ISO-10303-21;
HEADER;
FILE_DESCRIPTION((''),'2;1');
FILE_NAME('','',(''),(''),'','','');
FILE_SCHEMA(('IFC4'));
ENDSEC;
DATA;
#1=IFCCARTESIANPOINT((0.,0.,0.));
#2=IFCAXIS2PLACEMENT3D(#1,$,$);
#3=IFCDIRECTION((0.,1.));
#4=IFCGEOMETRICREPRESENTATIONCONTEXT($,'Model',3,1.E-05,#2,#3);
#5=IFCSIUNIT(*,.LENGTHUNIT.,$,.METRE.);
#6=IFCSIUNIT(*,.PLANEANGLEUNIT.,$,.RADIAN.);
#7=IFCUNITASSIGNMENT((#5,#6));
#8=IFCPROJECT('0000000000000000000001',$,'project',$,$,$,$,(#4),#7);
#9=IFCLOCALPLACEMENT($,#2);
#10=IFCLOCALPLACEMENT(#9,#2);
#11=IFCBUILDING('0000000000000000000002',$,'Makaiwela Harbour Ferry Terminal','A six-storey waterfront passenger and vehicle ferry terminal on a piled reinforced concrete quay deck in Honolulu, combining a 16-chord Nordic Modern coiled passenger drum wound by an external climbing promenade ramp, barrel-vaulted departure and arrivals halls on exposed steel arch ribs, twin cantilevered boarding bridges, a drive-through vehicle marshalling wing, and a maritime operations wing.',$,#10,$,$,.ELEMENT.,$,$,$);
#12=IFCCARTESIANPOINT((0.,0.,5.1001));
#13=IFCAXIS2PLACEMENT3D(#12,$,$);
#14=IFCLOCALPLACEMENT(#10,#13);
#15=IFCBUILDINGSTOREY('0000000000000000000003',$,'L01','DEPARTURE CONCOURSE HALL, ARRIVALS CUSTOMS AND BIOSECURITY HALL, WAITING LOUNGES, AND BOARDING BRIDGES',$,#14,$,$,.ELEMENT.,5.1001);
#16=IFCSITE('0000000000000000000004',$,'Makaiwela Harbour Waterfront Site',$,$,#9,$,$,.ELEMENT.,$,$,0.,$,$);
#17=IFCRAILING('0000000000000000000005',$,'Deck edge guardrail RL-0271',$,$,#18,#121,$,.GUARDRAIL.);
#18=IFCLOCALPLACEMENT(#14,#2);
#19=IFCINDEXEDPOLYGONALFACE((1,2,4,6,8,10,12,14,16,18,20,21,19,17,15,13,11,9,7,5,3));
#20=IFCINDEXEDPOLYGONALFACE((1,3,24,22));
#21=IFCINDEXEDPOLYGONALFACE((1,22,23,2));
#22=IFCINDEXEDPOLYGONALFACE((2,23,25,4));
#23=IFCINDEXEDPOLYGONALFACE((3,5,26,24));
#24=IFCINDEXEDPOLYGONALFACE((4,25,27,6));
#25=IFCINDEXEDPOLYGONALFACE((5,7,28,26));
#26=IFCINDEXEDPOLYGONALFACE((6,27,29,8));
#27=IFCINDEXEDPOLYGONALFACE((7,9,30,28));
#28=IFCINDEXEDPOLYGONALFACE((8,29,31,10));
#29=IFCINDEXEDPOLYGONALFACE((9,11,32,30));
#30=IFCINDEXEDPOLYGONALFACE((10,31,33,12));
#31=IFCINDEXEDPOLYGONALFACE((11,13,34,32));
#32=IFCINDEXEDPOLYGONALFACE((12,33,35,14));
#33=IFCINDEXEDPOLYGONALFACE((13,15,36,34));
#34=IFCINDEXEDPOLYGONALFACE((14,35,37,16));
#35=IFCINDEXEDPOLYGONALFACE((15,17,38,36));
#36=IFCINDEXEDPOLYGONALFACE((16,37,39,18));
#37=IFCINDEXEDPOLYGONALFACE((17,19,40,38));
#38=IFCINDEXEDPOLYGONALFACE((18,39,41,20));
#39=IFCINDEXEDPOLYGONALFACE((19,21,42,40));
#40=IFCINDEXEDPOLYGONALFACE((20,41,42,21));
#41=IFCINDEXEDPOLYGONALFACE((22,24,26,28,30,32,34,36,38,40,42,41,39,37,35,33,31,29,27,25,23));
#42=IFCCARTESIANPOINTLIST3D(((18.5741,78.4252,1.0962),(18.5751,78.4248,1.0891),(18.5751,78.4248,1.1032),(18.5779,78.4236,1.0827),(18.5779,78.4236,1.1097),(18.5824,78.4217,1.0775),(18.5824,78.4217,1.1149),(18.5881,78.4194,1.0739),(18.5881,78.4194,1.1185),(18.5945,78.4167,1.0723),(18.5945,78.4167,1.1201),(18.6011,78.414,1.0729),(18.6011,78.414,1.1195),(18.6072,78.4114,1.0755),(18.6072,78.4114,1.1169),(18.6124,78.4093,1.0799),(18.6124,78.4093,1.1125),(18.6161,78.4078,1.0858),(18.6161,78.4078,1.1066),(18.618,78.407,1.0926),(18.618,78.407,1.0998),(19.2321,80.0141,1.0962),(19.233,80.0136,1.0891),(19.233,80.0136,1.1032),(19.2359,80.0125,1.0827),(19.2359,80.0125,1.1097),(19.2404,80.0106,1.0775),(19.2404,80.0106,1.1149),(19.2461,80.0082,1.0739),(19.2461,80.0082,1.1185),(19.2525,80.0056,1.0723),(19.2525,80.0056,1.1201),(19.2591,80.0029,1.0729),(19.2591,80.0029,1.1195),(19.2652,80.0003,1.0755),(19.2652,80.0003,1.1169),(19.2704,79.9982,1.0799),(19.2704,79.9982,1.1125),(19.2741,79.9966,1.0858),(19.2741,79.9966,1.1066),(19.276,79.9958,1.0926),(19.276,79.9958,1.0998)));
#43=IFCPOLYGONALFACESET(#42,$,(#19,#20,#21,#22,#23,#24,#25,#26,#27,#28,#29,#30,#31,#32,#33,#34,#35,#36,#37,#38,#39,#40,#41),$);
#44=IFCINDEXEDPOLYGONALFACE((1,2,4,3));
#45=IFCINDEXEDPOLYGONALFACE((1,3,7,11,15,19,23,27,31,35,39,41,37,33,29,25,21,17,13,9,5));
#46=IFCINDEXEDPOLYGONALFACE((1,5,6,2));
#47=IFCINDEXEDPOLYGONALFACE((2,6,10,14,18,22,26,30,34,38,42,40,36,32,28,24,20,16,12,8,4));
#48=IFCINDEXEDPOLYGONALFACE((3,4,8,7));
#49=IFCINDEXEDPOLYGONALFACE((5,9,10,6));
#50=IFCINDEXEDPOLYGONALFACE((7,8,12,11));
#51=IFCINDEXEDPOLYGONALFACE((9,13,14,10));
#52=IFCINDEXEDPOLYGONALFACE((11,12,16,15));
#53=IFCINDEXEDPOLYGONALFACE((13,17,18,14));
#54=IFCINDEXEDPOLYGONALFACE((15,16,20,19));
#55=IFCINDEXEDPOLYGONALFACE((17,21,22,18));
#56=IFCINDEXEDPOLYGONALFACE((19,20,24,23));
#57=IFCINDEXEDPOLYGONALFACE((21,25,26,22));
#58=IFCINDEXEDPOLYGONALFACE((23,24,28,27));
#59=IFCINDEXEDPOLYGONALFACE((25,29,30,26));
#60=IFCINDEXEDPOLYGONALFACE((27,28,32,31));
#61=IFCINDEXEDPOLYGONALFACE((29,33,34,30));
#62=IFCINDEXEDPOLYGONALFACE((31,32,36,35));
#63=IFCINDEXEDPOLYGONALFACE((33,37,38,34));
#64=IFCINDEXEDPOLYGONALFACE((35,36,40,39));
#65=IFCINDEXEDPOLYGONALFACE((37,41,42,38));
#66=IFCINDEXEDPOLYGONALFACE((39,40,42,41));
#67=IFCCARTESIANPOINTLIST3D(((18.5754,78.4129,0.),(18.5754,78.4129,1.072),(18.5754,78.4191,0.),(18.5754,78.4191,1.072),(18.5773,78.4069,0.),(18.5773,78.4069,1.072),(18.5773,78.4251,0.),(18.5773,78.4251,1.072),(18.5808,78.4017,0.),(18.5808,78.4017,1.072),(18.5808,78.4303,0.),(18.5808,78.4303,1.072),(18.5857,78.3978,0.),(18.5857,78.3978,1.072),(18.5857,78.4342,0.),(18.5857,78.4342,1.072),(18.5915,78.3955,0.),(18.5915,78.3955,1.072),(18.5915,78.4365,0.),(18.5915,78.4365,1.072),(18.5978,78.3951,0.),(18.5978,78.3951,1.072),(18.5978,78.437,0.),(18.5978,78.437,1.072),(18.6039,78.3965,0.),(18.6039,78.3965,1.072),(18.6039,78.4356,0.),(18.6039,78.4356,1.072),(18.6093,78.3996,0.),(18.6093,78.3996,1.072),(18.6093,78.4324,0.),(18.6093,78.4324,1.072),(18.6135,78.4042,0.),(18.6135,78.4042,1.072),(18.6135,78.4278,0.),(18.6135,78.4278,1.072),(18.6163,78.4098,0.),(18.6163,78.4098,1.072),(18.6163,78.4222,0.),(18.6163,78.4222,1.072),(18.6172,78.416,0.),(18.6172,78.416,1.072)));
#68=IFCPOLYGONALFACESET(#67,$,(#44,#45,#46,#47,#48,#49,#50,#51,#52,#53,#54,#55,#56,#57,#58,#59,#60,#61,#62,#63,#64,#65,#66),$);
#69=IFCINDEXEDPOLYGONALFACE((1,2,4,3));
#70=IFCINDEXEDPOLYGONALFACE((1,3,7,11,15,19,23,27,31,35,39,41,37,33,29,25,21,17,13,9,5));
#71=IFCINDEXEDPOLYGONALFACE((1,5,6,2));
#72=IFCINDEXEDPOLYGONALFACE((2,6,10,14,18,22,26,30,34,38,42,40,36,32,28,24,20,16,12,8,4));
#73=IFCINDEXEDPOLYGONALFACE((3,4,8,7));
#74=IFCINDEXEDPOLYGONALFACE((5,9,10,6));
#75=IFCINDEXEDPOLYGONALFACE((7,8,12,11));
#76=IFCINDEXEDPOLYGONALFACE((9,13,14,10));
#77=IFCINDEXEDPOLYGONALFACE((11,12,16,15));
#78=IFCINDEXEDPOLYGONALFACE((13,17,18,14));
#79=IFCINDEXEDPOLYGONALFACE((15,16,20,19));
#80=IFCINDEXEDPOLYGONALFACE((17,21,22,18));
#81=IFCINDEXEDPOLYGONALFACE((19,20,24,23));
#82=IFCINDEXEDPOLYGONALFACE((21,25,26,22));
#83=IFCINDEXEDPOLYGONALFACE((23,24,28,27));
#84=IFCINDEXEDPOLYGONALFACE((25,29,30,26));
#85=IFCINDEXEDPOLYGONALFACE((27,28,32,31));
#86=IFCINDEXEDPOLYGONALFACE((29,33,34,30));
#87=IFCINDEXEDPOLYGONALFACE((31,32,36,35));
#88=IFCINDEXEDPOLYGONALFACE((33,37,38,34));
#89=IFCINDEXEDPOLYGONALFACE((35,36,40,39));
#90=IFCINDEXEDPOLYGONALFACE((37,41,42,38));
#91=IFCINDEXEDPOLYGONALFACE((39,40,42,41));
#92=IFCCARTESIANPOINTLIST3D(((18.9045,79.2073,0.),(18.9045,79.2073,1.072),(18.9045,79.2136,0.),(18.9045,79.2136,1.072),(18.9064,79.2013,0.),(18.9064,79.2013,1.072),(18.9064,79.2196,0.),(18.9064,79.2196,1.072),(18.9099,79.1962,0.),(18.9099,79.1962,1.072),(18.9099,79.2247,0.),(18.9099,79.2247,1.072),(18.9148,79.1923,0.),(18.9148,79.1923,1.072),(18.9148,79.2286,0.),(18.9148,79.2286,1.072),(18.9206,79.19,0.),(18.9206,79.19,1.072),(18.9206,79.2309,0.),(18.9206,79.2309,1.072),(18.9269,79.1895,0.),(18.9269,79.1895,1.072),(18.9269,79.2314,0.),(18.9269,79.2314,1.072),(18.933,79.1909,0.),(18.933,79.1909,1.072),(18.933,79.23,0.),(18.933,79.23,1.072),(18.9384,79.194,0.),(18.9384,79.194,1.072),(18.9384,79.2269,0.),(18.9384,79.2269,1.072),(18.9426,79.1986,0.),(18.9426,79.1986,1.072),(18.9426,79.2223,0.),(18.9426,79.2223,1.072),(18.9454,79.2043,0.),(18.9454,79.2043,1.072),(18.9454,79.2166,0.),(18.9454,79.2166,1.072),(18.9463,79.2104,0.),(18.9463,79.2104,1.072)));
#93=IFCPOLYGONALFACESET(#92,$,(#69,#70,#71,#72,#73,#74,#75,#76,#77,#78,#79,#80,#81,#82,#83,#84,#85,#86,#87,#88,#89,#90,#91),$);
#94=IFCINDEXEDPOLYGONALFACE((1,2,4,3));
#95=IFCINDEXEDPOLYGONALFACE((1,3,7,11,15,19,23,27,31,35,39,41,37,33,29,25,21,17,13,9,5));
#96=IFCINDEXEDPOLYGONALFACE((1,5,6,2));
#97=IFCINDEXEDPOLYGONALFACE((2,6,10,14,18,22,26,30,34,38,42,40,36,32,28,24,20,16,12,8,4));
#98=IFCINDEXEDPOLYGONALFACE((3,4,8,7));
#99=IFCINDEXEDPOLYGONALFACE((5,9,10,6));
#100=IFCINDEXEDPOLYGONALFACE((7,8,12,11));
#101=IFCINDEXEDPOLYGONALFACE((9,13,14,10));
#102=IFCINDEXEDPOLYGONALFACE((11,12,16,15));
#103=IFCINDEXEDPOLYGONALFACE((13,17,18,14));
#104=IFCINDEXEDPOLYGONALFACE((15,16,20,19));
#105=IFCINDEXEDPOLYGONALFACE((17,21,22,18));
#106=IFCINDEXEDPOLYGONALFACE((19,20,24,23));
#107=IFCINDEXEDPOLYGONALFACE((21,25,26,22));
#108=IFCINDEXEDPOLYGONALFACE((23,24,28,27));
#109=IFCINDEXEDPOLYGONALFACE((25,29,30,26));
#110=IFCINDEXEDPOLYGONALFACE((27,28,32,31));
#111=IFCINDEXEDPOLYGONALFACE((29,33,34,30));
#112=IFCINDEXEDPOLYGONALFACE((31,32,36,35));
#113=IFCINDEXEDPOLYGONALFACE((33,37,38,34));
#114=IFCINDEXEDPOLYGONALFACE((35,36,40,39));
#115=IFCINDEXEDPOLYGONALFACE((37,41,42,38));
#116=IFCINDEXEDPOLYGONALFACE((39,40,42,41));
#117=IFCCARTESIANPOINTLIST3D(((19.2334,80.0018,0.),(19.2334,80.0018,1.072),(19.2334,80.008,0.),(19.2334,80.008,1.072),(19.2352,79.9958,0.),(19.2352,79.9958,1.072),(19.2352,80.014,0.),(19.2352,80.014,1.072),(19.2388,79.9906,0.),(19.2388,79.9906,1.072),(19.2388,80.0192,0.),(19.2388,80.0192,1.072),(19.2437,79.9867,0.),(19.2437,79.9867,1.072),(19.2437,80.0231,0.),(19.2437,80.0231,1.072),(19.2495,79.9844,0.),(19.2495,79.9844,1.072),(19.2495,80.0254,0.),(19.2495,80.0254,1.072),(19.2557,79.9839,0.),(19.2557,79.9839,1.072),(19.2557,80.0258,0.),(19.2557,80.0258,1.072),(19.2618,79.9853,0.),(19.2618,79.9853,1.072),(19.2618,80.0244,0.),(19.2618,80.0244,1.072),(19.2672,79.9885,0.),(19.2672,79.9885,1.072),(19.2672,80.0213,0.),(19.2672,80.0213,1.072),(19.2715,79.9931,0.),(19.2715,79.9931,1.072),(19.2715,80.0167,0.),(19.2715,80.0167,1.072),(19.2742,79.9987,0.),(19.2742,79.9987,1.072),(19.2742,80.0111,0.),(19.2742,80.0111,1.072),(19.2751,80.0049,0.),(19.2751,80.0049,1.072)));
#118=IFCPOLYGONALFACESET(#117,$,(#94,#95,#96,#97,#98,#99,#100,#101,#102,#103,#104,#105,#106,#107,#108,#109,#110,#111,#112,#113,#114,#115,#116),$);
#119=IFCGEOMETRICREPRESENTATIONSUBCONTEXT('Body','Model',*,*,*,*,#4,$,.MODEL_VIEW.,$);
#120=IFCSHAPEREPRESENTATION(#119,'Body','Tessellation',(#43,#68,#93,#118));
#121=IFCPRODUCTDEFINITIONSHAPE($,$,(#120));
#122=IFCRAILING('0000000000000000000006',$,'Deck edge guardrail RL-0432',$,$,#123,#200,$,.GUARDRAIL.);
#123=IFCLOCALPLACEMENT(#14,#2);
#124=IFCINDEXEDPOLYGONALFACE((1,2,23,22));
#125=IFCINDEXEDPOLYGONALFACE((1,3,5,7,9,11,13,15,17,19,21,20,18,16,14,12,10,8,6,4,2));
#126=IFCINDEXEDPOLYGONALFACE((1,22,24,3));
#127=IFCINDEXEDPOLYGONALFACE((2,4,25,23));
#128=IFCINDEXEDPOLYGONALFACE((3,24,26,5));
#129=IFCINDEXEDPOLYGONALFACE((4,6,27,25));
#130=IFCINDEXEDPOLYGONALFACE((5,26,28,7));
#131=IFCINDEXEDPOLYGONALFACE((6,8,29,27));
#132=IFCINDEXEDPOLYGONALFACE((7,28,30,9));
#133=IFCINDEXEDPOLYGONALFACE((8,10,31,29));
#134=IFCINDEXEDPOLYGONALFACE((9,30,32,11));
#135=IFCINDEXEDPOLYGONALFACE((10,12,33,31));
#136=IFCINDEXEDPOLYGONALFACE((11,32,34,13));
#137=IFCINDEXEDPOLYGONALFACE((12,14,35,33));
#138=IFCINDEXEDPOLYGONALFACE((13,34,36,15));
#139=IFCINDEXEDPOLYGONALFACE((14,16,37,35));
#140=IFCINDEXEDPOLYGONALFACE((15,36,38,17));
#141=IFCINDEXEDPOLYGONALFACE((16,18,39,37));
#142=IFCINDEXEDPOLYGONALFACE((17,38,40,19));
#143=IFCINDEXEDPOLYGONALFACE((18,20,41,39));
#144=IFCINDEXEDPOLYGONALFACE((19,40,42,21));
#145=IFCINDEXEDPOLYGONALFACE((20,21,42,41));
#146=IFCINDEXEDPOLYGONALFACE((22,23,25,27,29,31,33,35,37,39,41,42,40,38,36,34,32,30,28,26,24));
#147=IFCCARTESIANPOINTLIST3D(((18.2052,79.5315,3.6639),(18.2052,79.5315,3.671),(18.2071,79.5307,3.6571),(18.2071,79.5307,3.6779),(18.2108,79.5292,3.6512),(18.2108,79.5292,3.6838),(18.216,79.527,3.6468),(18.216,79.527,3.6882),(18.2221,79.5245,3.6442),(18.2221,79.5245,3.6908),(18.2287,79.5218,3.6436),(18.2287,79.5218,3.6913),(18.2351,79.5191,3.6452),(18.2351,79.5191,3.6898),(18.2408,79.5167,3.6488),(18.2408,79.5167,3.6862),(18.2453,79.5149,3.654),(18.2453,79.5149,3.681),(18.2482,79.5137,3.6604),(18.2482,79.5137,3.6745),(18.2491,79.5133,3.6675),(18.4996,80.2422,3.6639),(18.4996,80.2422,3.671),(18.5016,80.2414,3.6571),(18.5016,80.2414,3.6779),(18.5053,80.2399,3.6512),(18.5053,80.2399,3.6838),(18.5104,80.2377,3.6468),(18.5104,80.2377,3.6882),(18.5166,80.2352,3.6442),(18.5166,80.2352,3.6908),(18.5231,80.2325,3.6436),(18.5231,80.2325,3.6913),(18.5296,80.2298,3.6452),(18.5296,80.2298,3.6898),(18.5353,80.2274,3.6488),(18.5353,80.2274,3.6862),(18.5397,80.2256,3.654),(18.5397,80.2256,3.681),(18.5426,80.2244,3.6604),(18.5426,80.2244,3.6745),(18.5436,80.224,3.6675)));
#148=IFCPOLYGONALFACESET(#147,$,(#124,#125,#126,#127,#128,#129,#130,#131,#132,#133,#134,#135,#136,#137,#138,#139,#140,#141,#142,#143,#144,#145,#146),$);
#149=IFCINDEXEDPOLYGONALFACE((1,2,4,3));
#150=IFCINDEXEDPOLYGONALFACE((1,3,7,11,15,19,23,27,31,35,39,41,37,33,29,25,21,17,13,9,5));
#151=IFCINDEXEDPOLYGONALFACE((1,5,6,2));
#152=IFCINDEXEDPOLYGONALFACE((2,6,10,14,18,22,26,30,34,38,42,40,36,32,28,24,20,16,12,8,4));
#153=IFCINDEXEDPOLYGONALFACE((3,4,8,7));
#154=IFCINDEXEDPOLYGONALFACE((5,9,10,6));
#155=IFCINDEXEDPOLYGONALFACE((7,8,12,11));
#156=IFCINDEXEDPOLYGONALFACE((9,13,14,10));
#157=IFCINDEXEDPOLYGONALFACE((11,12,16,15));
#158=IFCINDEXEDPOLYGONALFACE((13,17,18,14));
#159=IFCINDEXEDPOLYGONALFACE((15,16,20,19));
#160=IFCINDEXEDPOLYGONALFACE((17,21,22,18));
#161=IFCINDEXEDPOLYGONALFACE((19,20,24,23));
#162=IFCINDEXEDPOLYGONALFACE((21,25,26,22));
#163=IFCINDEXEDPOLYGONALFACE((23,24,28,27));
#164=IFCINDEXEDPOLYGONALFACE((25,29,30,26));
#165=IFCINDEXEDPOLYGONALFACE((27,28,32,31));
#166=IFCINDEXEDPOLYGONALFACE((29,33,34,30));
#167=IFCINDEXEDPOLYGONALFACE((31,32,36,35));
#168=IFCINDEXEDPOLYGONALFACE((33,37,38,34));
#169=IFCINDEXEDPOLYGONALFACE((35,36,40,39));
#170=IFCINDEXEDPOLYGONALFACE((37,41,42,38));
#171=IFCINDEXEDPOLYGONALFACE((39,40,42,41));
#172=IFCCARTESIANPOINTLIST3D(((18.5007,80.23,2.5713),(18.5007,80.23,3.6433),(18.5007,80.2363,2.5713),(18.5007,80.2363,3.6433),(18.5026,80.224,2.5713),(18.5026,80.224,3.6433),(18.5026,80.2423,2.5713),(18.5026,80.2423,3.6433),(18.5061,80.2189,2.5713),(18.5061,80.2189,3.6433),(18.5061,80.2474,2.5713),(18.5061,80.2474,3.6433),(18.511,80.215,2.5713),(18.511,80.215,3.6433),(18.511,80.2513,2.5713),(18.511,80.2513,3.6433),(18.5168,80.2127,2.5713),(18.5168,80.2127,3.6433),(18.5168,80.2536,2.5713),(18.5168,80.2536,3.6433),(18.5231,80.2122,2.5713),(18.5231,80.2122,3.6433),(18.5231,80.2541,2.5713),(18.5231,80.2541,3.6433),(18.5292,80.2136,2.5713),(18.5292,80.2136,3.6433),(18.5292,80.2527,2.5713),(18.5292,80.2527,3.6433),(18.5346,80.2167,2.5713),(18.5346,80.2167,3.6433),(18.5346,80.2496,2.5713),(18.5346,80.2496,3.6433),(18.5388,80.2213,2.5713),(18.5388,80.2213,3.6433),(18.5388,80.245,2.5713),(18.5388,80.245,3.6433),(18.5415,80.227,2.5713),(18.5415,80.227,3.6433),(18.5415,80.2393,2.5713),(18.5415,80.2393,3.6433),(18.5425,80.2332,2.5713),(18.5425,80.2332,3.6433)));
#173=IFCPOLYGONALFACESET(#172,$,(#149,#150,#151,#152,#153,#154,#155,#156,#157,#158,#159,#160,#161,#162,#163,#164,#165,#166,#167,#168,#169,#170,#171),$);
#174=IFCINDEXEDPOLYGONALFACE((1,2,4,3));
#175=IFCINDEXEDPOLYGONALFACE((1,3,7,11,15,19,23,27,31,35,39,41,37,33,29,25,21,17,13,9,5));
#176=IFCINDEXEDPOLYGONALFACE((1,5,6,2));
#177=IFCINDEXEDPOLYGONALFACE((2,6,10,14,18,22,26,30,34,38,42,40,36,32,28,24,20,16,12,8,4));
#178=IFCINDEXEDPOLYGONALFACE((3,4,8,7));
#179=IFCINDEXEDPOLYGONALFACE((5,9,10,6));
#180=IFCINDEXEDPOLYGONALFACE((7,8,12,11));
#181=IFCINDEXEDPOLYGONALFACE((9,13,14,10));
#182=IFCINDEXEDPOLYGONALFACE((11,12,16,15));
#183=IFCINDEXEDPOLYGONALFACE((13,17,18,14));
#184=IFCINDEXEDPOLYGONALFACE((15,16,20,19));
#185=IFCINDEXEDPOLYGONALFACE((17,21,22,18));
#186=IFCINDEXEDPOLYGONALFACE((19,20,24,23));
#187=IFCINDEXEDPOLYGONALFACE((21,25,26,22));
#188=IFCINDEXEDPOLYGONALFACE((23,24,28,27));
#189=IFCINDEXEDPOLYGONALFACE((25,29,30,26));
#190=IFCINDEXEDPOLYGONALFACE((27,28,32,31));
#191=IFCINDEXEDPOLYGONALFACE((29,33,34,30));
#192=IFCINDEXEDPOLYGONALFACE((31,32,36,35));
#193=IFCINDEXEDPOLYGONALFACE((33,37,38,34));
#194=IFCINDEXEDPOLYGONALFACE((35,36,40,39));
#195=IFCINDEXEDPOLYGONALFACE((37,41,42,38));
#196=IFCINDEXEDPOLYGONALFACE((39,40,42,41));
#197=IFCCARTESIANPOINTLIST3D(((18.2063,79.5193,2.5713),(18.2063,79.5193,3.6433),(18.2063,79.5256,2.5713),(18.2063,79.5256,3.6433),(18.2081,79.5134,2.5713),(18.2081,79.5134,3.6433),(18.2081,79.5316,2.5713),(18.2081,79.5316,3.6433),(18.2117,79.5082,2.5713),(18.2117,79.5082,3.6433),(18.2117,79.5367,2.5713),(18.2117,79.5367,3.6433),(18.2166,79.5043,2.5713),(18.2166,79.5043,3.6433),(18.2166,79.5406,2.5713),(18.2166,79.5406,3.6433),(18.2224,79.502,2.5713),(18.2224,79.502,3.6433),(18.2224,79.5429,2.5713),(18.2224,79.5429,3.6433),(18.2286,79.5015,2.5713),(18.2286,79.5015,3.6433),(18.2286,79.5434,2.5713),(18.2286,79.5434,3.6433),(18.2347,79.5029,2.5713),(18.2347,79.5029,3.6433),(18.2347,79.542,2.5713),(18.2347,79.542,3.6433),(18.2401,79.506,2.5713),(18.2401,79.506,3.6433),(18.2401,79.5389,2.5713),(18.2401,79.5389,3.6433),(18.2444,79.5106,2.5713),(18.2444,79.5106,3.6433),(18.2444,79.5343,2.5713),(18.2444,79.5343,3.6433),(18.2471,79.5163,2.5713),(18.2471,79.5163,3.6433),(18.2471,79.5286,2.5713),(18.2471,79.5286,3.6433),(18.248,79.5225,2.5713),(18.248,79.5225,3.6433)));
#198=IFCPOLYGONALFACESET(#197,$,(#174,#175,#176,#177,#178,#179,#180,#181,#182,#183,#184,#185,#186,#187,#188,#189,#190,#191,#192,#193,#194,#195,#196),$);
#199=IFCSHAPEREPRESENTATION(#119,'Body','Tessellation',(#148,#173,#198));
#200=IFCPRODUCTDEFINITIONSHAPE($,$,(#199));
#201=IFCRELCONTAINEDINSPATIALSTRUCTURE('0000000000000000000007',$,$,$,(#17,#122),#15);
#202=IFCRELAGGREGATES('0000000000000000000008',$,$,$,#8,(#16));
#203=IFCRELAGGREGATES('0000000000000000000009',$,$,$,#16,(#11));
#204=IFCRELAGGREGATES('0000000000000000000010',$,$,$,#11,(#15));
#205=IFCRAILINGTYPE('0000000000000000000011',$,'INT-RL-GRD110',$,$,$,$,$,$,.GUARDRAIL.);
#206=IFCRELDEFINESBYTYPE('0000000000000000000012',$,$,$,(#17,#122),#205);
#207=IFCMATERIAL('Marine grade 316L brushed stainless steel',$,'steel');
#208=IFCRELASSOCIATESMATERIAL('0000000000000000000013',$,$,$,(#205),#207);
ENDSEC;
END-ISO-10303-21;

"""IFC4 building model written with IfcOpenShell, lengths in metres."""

from ifc_helpers import new_model, si_unit, direction, frame, origin, origin_2d, place, context, subcontext, project, spatial, circle, extrude, material, type_object, element, save


model = new_model("IFC4")

# Units and contexts
model_context = context("Model", 3, precision=1e-05, world=origin(), true_north=direction((0.0, 1.0)))
body_context = subcontext(model_context, "Body", "Model", "MODEL_VIEW")
ifc_project = project(units=[si_unit("LENGTHUNIT", "METRE"), si_unit("PLANEANGLEUNIT", "RADIAN")], contexts=[model_context])

# Site, building, storey
site_placement = place(None, origin())
site = spatial("IfcSite", under=ifc_project, at=site_placement, Name="Makaiwela Harbour Waterfront Site", CompositionType="ELEMENT", RefElevation=0.0)
building_placement = place(site_placement, origin())
building = spatial("IfcBuilding", under=site, at=building_placement, Name="Makaiwela Harbour Ferry Terminal", Description="A six-storey waterfront passenger and vehicle ferry terminal on a piled reinforced concrete quay deck in Honolulu, combining a 16-chord Nordic Modern coiled passenger drum wound by an external climbing promenade ramp, barrel-vaulted departure and arrivals halls on exposed steel arch ribs, twin cantilevered boarding bridges, a drive-through vehicle marshalling wing, and a maritime operations wing.", CompositionType="ELEMENT")
storey_placement = place(building_placement, frame((0.0, 0.0, 5.1001)))
storey = spatial("IfcBuildingStorey", under=building, at=storey_placement, Name="L01", Description="DEPARTURE CONCOURSE HALL, ARRIVALS CUSTOMS AND BIOSECURITY HALL, WAITING LOUNGES, AND BOARDING BRIDGES", CompositionType="ELEMENT", Elevation=5.1001)

# Railings
ifc_material_1 = material(Name="Marine grade 316L brushed stainless steel", Category="steel")
railing_type_1 = type_object("IfcRailingType", Name="INT-RL-GRD110", PredefinedType="GUARDRAIL", material=ifc_material_1)
railing_1_placement = place(storey_placement, frame((18.5962, 78.416, 0.0)))
element("IfcRailing", 1, at=railing_1_placement, inside=storey, type_object=railing_type_1, Name="Deck edge guardrail RL-0271", PredefinedType="GUARDRAIL", context=body_context, shape_type="SweptSolid", body=[
    extrude(circle(Radius=0.0239, at=origin_2d()), frame((0.0, 0.0, 1.0962), z_axis=(0.382598, 0.923915, 0.0), x_axis=(-0.923915, 0.382598, 0.0)), (0.0, 0.0, 1.0), 1.7197),
    extrude(circle(Radius=0.021, at=origin_2d()), origin(), (0.0, 0.0, 1.0), 1.072),
    extrude(circle(Radius=0.021, at=origin_2d()), frame((0.3291, 0.7944, 0.0)), (0.0, 0.0, 1.0), 1.072),
    extrude(circle(Radius=0.021, at=origin_2d()), frame((0.658, 1.5889, 0.0)), (0.0, 0.0, 1.0), 1.072),
])
railing_2_placement = place(storey_placement, frame((18.5215, 80.2332, 2.5713)))
element("IfcRailing", 2, at=railing_2_placement, inside=storey, type_object=railing_type_1, Name="Deck edge guardrail RL-0432", PredefinedType="GUARDRAIL", context=body_context, shape_type="SweptSolid", body=[
    extrude(circle(Radius=0.0239, at=origin_2d()), frame((0.0, 0.0, 1.0962), z_axis=(-0.382744, -0.923854, 0.0), x_axis=(0.923854, -0.382744, 0.0)), (0.0, 0.0, 1.0), 0.7693),
    extrude(circle(Radius=0.021, at=origin_2d()), origin(), (0.0, 0.0, 1.0), 1.072),
    extrude(circle(Radius=0.021, at=origin_2d()), frame((-0.2944, -0.7107, 0.0)), (0.0, 0.0, 1.0), 1.072),
])

save(model, "model.ifc")
